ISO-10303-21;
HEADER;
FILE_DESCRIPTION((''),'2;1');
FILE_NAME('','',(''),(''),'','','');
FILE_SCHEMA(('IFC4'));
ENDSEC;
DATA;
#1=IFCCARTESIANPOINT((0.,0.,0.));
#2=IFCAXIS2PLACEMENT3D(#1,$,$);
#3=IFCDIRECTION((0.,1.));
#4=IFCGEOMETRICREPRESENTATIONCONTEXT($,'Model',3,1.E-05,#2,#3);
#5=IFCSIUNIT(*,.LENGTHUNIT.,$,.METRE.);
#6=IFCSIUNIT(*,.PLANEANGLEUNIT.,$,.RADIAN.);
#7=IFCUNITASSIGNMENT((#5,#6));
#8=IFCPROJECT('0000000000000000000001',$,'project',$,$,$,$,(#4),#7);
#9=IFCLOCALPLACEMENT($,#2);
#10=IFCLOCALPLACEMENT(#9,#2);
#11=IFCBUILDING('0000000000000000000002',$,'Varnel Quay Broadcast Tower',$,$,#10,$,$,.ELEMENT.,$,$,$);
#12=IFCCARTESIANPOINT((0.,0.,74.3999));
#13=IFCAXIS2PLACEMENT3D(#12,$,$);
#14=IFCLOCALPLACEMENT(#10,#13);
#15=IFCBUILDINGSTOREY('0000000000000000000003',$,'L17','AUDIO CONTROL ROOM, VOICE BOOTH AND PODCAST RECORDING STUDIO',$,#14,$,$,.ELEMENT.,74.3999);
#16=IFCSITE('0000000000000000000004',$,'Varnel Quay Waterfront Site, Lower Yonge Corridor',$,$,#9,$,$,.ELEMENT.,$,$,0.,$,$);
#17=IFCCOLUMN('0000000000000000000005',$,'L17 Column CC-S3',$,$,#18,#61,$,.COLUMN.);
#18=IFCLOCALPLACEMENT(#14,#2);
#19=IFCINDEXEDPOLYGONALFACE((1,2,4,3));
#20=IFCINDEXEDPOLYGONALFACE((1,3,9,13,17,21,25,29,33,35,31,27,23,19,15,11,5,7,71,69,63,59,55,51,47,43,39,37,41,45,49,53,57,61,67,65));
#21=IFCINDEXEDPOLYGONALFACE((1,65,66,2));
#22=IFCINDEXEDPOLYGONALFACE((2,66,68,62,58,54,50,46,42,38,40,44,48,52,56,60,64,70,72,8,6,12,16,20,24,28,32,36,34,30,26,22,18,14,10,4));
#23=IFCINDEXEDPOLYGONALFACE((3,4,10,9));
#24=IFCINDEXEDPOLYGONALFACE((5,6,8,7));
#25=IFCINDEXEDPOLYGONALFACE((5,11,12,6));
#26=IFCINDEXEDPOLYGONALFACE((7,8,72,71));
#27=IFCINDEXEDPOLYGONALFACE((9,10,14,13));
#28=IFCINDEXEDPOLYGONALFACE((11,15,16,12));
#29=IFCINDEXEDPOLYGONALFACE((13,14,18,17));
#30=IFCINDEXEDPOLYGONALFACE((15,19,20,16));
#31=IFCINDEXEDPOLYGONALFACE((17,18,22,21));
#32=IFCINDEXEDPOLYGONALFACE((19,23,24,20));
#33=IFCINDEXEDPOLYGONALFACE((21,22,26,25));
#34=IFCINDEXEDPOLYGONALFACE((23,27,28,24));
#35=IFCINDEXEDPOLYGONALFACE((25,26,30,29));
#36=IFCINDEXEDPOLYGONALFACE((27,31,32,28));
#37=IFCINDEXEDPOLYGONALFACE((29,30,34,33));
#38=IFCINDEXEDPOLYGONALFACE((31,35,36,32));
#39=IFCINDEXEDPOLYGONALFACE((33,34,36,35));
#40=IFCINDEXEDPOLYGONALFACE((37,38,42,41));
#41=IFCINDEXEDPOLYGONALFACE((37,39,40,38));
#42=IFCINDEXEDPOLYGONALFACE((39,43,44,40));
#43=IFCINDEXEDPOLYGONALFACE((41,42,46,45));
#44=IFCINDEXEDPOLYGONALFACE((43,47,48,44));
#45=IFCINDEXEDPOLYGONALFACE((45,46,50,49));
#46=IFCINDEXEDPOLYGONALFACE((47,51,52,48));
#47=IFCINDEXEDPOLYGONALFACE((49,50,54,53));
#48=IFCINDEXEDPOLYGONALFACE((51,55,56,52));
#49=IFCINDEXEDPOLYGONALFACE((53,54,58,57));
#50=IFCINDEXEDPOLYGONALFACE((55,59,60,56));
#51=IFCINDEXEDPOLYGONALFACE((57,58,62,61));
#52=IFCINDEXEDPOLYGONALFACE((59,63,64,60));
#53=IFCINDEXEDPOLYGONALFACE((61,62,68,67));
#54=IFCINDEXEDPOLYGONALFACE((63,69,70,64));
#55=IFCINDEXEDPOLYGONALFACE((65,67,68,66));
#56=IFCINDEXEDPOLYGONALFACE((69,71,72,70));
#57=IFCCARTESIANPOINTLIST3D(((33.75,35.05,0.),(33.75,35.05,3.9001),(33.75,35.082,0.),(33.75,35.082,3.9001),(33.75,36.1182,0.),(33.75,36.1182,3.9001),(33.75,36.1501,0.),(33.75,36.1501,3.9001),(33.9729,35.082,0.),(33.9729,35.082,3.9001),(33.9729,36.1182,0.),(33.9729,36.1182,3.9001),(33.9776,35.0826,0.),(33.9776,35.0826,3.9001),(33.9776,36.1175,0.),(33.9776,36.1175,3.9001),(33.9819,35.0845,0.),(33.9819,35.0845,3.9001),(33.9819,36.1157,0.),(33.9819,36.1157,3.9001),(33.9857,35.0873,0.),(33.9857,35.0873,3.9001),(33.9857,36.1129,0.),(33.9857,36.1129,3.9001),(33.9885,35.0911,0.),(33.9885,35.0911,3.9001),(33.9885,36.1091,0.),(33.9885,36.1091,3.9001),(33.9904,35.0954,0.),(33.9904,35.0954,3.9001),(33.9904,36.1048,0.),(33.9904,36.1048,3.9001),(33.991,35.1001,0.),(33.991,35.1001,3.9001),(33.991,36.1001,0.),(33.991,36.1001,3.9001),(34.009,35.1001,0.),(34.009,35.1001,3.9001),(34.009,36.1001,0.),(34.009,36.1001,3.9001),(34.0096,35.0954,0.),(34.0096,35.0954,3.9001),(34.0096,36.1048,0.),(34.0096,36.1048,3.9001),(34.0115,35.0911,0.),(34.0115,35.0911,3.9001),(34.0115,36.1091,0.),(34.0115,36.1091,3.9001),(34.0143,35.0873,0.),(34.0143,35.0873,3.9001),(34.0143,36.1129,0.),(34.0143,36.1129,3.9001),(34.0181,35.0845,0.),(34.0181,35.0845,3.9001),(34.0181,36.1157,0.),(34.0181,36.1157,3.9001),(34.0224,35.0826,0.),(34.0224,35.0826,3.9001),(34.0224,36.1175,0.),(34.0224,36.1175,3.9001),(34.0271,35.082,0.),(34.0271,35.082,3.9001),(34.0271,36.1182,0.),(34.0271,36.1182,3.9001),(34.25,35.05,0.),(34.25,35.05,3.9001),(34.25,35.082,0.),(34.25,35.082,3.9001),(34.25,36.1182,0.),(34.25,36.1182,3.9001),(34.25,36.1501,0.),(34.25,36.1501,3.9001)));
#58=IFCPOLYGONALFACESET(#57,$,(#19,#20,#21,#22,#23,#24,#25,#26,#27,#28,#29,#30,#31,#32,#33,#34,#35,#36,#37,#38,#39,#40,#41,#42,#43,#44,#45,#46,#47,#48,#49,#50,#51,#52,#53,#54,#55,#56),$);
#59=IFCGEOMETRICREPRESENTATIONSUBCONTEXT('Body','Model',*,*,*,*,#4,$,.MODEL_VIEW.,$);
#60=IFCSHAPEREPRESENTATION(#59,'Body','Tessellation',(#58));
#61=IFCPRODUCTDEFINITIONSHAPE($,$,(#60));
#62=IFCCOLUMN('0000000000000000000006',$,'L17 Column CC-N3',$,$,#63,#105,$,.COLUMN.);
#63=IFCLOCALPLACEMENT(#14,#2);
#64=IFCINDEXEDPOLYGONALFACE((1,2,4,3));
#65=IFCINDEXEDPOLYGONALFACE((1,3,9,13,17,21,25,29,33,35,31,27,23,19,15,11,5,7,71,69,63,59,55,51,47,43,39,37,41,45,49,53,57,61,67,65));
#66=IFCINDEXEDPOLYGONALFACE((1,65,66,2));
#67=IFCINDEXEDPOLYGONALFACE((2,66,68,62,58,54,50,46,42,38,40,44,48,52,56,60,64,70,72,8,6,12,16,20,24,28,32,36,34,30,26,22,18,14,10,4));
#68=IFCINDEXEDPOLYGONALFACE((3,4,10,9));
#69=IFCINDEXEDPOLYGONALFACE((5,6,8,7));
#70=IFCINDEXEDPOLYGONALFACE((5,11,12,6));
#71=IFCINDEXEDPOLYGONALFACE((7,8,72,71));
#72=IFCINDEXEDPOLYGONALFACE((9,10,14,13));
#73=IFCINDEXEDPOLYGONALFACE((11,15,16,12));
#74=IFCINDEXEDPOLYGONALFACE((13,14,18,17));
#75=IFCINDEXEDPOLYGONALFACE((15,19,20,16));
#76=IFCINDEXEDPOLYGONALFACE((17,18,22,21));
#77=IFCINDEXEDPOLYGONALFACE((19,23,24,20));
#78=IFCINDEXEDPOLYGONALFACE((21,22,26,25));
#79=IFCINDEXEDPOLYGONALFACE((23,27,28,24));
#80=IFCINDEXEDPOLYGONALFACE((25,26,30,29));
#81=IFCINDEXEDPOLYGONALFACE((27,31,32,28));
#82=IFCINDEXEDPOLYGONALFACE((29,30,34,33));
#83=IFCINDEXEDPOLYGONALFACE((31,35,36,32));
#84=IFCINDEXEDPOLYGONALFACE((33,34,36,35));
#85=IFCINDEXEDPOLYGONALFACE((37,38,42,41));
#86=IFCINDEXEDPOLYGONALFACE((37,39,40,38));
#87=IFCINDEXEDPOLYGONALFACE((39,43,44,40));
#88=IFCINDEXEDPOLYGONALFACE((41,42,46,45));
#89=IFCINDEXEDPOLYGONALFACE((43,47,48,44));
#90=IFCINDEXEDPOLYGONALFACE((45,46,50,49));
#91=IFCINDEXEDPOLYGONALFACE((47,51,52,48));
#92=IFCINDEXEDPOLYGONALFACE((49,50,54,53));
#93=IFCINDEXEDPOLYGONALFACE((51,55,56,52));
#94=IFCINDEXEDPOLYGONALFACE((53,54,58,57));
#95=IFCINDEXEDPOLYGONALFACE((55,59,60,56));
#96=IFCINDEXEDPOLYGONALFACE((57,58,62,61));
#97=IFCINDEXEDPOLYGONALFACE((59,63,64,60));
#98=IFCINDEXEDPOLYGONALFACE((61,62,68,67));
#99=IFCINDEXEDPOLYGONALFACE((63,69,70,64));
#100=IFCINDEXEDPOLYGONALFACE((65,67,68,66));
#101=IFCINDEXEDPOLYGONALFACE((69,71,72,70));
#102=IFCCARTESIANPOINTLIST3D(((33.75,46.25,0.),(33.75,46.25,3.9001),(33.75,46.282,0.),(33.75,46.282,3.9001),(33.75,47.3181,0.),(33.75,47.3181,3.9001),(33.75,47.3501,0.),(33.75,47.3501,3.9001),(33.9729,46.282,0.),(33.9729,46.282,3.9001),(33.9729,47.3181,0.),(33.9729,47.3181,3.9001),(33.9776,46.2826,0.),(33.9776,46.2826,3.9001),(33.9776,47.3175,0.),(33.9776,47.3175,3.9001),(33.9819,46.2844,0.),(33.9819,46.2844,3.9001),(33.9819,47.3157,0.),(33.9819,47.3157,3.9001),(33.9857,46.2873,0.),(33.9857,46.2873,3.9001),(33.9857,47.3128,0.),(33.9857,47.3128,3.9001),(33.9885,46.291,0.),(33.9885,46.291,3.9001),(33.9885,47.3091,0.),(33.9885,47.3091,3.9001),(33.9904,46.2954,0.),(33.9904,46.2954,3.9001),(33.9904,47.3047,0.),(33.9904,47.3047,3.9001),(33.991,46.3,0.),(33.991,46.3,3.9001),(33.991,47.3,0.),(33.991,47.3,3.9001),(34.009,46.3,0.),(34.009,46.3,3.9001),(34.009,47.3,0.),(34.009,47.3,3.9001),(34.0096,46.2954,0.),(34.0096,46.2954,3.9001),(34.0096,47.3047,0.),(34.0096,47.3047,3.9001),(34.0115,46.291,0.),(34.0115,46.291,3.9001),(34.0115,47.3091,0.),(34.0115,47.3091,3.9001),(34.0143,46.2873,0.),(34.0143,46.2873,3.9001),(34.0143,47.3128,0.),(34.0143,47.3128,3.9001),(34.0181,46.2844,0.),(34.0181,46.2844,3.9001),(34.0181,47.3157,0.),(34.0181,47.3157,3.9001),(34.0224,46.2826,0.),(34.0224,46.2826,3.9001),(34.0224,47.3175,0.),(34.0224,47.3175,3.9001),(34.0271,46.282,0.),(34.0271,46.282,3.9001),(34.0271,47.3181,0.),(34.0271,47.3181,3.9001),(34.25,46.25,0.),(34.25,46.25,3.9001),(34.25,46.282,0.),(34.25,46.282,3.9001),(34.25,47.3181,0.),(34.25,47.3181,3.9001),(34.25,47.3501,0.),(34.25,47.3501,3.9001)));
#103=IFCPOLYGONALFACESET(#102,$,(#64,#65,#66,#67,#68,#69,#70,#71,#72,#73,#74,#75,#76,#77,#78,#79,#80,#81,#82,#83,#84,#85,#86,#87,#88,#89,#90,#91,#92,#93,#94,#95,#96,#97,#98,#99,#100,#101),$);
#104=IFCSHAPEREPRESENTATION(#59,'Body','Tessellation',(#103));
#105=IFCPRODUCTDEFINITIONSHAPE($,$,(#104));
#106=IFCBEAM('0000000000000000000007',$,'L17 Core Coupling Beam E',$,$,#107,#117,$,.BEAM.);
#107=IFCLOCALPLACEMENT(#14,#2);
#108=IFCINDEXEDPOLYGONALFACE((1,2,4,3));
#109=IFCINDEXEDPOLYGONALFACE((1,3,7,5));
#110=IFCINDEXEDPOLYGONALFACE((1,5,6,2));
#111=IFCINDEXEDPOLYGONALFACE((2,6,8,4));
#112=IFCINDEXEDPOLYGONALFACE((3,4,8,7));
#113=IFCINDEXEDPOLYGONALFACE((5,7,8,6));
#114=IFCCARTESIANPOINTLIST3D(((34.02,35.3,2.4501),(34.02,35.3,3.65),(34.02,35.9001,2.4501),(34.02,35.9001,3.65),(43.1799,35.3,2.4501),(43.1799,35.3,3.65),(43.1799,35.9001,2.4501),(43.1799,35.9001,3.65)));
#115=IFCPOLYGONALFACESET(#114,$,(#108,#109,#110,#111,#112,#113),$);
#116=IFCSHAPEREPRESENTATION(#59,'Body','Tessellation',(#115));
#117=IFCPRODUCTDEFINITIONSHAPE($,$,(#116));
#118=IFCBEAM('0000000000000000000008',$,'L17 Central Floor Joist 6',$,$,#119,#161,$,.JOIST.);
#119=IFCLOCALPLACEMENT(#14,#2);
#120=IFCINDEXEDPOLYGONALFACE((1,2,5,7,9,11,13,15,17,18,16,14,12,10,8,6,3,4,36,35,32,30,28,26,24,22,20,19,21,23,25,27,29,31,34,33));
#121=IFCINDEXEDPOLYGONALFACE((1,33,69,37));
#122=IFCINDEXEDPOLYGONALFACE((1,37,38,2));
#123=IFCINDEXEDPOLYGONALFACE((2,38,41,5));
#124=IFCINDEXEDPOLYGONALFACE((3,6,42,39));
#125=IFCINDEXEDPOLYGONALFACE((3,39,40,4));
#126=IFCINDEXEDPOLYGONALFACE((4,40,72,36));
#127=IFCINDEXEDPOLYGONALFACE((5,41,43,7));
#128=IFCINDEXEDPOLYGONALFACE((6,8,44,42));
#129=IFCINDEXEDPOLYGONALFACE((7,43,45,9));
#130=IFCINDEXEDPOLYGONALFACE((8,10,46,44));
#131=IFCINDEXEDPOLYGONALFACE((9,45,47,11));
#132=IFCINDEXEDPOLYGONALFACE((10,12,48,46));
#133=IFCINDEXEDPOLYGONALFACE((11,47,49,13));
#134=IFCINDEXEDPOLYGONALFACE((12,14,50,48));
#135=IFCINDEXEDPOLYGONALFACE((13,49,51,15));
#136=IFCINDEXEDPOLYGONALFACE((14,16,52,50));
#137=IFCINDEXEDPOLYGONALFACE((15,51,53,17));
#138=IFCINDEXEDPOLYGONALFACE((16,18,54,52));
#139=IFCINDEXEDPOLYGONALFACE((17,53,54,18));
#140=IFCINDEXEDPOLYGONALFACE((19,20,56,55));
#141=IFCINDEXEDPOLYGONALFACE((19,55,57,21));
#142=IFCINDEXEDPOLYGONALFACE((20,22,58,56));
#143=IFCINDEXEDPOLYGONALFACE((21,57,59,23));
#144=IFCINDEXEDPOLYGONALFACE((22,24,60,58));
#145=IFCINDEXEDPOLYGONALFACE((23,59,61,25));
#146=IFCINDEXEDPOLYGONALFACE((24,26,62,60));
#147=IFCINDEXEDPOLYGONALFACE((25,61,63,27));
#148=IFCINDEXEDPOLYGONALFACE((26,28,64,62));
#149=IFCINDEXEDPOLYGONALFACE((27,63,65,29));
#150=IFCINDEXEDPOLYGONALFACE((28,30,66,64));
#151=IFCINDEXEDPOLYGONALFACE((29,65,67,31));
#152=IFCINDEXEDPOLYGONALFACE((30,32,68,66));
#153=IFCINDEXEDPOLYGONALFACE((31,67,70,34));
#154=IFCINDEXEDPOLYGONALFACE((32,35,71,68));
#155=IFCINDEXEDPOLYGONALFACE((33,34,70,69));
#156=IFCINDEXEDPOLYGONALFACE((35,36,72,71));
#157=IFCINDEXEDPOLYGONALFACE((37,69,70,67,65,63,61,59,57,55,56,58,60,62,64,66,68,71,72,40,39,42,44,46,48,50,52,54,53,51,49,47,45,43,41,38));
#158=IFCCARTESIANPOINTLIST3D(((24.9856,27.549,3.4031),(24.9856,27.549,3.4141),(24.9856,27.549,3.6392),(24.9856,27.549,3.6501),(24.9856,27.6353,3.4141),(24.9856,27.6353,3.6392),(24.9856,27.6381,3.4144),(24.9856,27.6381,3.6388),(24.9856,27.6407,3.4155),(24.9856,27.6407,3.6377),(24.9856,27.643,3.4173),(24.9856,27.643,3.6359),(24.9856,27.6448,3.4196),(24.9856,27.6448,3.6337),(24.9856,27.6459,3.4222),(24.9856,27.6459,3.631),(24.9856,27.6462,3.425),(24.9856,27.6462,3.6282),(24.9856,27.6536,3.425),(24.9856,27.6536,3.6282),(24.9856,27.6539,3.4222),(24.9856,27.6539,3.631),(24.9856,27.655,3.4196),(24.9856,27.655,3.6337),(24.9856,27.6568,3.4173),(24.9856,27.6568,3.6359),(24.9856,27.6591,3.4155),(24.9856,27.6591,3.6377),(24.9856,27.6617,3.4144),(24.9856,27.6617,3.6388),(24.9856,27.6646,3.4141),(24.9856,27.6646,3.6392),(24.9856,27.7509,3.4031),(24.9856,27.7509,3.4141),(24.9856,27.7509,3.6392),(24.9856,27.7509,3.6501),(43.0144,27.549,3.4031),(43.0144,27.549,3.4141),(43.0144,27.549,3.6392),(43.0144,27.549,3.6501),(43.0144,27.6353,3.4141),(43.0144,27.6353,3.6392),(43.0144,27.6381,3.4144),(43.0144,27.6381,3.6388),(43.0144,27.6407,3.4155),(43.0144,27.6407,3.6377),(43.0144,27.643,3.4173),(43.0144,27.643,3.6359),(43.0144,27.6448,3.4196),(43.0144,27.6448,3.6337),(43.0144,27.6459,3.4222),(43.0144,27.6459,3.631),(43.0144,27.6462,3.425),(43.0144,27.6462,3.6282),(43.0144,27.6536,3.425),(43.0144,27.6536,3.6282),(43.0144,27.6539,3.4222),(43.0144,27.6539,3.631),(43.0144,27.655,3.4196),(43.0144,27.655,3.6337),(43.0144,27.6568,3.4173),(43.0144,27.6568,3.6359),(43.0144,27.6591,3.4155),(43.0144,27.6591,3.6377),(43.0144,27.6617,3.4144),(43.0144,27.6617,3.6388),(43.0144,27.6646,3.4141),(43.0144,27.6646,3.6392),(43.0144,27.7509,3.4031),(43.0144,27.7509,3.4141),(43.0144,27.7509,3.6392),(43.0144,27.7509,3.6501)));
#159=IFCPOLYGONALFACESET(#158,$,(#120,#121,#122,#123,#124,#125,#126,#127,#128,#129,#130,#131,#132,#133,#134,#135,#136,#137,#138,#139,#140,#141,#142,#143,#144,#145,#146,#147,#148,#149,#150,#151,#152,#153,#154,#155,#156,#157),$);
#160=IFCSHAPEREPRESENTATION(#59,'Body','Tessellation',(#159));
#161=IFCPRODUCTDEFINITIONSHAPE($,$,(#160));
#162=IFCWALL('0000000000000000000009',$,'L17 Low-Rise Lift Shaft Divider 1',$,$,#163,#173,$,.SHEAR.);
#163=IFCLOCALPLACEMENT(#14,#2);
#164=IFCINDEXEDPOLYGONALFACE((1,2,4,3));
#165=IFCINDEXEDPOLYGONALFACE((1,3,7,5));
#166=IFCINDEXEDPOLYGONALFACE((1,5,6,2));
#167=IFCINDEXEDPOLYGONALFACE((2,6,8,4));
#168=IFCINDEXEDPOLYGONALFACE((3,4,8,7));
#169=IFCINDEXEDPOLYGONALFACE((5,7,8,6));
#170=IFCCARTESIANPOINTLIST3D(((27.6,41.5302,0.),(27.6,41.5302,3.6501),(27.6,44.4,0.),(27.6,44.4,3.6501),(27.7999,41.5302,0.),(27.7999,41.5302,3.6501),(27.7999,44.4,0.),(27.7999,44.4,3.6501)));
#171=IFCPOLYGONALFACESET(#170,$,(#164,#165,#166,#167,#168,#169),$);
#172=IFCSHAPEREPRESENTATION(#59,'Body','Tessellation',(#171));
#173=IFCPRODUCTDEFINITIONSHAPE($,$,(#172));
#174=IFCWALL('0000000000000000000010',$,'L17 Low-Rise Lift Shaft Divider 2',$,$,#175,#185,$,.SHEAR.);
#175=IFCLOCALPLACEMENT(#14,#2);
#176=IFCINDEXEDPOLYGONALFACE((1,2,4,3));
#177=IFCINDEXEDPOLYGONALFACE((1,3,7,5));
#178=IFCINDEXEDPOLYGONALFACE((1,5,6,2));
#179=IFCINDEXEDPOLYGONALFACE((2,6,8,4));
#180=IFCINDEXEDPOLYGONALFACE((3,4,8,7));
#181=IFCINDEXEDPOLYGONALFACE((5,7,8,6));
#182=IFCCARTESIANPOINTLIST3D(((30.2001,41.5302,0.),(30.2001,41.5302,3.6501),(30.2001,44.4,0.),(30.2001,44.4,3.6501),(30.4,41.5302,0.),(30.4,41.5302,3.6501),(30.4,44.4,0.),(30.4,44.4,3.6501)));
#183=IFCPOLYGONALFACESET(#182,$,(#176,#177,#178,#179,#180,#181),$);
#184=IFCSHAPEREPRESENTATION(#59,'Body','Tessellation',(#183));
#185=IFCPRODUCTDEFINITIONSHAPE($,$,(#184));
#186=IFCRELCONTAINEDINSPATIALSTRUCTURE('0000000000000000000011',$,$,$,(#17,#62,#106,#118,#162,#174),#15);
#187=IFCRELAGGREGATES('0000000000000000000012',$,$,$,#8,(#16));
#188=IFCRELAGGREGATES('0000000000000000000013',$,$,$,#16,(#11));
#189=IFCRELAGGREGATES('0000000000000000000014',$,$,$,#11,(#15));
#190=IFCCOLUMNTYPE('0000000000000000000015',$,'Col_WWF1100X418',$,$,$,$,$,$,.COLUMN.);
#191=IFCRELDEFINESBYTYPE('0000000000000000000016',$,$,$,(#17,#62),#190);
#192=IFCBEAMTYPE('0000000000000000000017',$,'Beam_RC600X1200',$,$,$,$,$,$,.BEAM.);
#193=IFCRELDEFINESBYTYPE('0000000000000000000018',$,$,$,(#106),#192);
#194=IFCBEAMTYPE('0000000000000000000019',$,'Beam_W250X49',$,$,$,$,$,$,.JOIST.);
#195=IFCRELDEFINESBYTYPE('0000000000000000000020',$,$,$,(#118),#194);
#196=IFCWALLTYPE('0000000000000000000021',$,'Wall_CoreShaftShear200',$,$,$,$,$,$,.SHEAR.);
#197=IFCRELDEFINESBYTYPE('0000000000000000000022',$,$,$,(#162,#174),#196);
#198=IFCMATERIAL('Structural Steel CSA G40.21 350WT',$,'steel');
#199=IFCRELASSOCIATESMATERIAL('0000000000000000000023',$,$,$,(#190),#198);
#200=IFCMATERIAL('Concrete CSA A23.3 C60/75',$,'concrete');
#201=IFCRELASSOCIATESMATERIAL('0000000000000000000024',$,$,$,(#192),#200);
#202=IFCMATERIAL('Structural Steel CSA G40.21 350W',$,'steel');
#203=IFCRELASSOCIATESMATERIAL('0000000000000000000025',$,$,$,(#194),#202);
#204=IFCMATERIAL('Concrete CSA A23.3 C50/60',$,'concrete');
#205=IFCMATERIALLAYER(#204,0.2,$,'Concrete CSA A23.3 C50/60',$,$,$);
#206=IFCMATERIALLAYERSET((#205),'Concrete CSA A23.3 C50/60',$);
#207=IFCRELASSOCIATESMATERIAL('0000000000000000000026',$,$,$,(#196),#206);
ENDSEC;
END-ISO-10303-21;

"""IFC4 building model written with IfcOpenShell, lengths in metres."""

from ifc_helpers import new_model, si_unit, direction, frame, frame_2d, origin, origin_2d, place, context, subcontext, project, spatial, rectangle, i_section, extrude, source, transform, mapped, material, layer, layer_set, material_profile, profile_set, type_object, type_shapes, element, save


model = new_model("IFC4")

# Units and contexts
model_context = context("Model", 3, precision=1e-05, world=origin(), true_north=direction((0.0, 1.0)))
body_context = subcontext(model_context, "Body", "Model", "MODEL_VIEW")
ifc_project = project(units=[si_unit("LENGTHUNIT", "METRE"), si_unit("PLANEANGLEUNIT", "RADIAN")], contexts=[model_context])

# Site, building, storey
site_placement = place(None, origin())
site = spatial("IfcSite", under=ifc_project, at=site_placement, Name="Varnel Quay Waterfront Site, Lower Yonge Corridor", CompositionType="ELEMENT", RefElevation=0.0)
building_placement = place(site_placement, origin())
building = spatial("IfcBuilding", under=site, at=building_placement, Name="Varnel Quay Broadcast Tower", CompositionType="ELEMENT")
storey_placement = place(building_placement, frame((0.0, 0.0, 74.3999)))
storey = spatial("IfcBuildingStorey", under=building, at=storey_placement, Name="L17", Description="AUDIO CONTROL ROOM, VOICE BOOTH AND PODCAST RECORDING STUDIO", CompositionType="ELEMENT", Elevation=74.3999)

# Columns
ifc_material_1 = material(Name="Structural Steel CSA G40.21 350WT", Category="steel")
ifc_material_profile_1 = material_profile(ifc_material_1, i_section(OverallWidth=0.5, OverallDepth=1.1001, WebThickness=0.0181, FlangeThickness=0.032, FilletRadius=0.0181, at=origin_2d()), Name="WWF1100X418")
ifc_profile_set_1 = profile_set([ifc_material_profile_1], Name="Structural Steel CSA G40.21 350WT")
column_type = type_object("IfcColumnType", Name="Col_WWF1100X418", PredefinedType="COLUMN", material=ifc_profile_set_1)
shared_shape_1 = source(origin(), body_context, "Body", "SweptSolid", [
    extrude(i_section(OverallWidth=0.5, OverallDepth=1.1001, WebThickness=0.0181, FlangeThickness=0.032, FilletRadius=0.0181, at=origin_2d()), origin(), (0.0, 0.0, 1.0), 3.9001),
])
type_shapes(column_type, [shared_shape_1])
for number, where, z_axis, x_axis, name in (
    (1, (34.0, 35.6001, 0.0), (0.0, 0.0, 1.0), (1.0, 0.0, 0.0), "L17 Column CC-S3"),
    (2, (34.0, 46.8, 0.0), (0.0, 0.0, 1.0), (1.0, 0.0, 0.0), "L17 Column CC-N3"),
):
    element("IfcColumn", number, at=place(storey_placement, frame(where, z_axis=z_axis, x_axis=x_axis)), inside=storey, type_object=column_type, Name=name, PredefinedType="COLUMN", context=body_context, shape_type="MappedRepresentation", body=[
        mapped(shared_shape_1, transform((0.0, 0.0, 0.0), x_axis=(1.0, 0.0, 0.0), y_axis=(0.0, 1.0, 0.0), z_axis=(0.0, 0.0, 1.0), scale=1.0)),
    ])

# Beams
ifc_material_2 = material(Name="Concrete CSA A23.3 C60/75", Category="concrete")
ifc_material_profile_2 = material_profile(ifc_material_2, rectangle(XDim=0.6001, YDim=1.2, at=origin_2d()), Name="RC600X1200")
ifc_profile_set_2 = profile_set([ifc_material_profile_2], Name="Concrete CSA A23.3 C60/75")
beam_type_1 = type_object("IfcBeamType", Name="Beam_RC600X1200", PredefinedType="BEAM", material=ifc_profile_set_2)
shared_shape_2 = source(origin(), body_context, "Body", "SweptSolid", [
    extrude(rectangle(XDim=0.6001, YDim=1.2, at=origin_2d()), origin(), (0.0, 0.0, 1.0), 9.1599),
])
type_shapes(beam_type_1, [shared_shape_2])
beam_1_placement = place(storey_placement, frame((34.02, 35.6001, 3.05), z_axis=(1.0, 0.0, 0.0), x_axis=(0.0, 1.0, 0.0)))
element("IfcBeam", 3, at=beam_1_placement, inside=storey, type_object=beam_type_1, Name="L17 Core Coupling Beam E", PredefinedType="BEAM", context=body_context, shape_type="MappedRepresentation", body=[
    mapped(shared_shape_2, transform((0.0, 0.0, 0.0), x_axis=(1.0, 0.0, 0.0), y_axis=(0.0, 1.0, 0.0), z_axis=(0.0, 0.0, 1.0), scale=1.0)),
])
ifc_material_3 = material(Name="Structural Steel CSA G40.21 350W", Category="steel")
ifc_material_profile_3 = material_profile(ifc_material_3, i_section(OverallWidth=0.2019, OverallDepth=0.2471, WebThickness=0.0073, FlangeThickness=0.011, FilletRadius=0.011, at=origin_2d()), Name="W250X49")
ifc_profile_set_3 = profile_set([ifc_material_profile_3], Name="Structural Steel CSA G40.21 350W")
beam_type_2 = type_object("IfcBeamType", Name="Beam_W250X49", PredefinedType="JOIST", material=ifc_profile_set_3)
shared_shape_3 = source(origin(), body_context, "Body", "SweptSolid", [
    extrude(i_section(OverallWidth=0.2019, OverallDepth=0.2471, WebThickness=0.0073, FlangeThickness=0.011, FilletRadius=0.011, at=origin_2d()), origin(), (0.0, 0.0, 1.0), 18.0288),
])
type_shapes(beam_type_2, [shared_shape_3])
beam_2_placement = place(storey_placement, frame((24.9856, 27.6499, 3.5266), z_axis=(1.0, 0.0, 0.0), x_axis=(0.0, 1.0, 0.0)))
element("IfcBeam", 4, at=beam_2_placement, inside=storey, type_object=beam_type_2, Name="L17 Central Floor Joist 6", PredefinedType="JOIST", context=body_context, shape_type="MappedRepresentation", body=[
    mapped(shared_shape_3, transform((0.0, 0.0, 0.0), x_axis=(1.0, 0.0, 0.0), y_axis=(0.0, 1.0, 0.0), z_axis=(0.0, 0.0, 1.0), scale=1.0)),
])

# Walls
ifc_material_4 = material(Name="Concrete CSA A23.3 C50/60", Category="concrete")
ifc_layer_1 = layer(ifc_material_4, 0.2, Name="Concrete CSA A23.3 C50/60")
ifc_layer_set_1 = layer_set([ifc_layer_1], Name="Concrete CSA A23.3 C50/60")
wall_type_1 = type_object("IfcWallType", Name="Wall_CoreShaftShear200", PredefinedType="SHEAR", material=ifc_layer_set_1)
for number, where, z_axis, x_axis, name in (
    (5, (27.7, 41.53, 0.0), (0.0, 0.0, 1.0), (0.0, 1.0, 0.0), "L17 Low-Rise Lift Shaft Divider 1"),
    (6, (30.3, 41.53, 0.0), (0.0, 0.0, 1.0), (0.0, 1.0, 0.0), "L17 Low-Rise Lift Shaft Divider 2"),
):
    element("IfcWall", number, at=place(storey_placement, frame(where, z_axis=z_axis, x_axis=x_axis)), inside=storey, type_object=wall_type_1, Name=name, PredefinedType="SHEAR", context=body_context, shape_type="SweptSolid", body=[
        extrude(rectangle(XDim=2.8699, YDim=0.2, at=frame_2d((1.4351, 0.0))), origin(), (0.0, 0.0, 1.0), 3.6501),
    ])

save(model, "model.ifc")
